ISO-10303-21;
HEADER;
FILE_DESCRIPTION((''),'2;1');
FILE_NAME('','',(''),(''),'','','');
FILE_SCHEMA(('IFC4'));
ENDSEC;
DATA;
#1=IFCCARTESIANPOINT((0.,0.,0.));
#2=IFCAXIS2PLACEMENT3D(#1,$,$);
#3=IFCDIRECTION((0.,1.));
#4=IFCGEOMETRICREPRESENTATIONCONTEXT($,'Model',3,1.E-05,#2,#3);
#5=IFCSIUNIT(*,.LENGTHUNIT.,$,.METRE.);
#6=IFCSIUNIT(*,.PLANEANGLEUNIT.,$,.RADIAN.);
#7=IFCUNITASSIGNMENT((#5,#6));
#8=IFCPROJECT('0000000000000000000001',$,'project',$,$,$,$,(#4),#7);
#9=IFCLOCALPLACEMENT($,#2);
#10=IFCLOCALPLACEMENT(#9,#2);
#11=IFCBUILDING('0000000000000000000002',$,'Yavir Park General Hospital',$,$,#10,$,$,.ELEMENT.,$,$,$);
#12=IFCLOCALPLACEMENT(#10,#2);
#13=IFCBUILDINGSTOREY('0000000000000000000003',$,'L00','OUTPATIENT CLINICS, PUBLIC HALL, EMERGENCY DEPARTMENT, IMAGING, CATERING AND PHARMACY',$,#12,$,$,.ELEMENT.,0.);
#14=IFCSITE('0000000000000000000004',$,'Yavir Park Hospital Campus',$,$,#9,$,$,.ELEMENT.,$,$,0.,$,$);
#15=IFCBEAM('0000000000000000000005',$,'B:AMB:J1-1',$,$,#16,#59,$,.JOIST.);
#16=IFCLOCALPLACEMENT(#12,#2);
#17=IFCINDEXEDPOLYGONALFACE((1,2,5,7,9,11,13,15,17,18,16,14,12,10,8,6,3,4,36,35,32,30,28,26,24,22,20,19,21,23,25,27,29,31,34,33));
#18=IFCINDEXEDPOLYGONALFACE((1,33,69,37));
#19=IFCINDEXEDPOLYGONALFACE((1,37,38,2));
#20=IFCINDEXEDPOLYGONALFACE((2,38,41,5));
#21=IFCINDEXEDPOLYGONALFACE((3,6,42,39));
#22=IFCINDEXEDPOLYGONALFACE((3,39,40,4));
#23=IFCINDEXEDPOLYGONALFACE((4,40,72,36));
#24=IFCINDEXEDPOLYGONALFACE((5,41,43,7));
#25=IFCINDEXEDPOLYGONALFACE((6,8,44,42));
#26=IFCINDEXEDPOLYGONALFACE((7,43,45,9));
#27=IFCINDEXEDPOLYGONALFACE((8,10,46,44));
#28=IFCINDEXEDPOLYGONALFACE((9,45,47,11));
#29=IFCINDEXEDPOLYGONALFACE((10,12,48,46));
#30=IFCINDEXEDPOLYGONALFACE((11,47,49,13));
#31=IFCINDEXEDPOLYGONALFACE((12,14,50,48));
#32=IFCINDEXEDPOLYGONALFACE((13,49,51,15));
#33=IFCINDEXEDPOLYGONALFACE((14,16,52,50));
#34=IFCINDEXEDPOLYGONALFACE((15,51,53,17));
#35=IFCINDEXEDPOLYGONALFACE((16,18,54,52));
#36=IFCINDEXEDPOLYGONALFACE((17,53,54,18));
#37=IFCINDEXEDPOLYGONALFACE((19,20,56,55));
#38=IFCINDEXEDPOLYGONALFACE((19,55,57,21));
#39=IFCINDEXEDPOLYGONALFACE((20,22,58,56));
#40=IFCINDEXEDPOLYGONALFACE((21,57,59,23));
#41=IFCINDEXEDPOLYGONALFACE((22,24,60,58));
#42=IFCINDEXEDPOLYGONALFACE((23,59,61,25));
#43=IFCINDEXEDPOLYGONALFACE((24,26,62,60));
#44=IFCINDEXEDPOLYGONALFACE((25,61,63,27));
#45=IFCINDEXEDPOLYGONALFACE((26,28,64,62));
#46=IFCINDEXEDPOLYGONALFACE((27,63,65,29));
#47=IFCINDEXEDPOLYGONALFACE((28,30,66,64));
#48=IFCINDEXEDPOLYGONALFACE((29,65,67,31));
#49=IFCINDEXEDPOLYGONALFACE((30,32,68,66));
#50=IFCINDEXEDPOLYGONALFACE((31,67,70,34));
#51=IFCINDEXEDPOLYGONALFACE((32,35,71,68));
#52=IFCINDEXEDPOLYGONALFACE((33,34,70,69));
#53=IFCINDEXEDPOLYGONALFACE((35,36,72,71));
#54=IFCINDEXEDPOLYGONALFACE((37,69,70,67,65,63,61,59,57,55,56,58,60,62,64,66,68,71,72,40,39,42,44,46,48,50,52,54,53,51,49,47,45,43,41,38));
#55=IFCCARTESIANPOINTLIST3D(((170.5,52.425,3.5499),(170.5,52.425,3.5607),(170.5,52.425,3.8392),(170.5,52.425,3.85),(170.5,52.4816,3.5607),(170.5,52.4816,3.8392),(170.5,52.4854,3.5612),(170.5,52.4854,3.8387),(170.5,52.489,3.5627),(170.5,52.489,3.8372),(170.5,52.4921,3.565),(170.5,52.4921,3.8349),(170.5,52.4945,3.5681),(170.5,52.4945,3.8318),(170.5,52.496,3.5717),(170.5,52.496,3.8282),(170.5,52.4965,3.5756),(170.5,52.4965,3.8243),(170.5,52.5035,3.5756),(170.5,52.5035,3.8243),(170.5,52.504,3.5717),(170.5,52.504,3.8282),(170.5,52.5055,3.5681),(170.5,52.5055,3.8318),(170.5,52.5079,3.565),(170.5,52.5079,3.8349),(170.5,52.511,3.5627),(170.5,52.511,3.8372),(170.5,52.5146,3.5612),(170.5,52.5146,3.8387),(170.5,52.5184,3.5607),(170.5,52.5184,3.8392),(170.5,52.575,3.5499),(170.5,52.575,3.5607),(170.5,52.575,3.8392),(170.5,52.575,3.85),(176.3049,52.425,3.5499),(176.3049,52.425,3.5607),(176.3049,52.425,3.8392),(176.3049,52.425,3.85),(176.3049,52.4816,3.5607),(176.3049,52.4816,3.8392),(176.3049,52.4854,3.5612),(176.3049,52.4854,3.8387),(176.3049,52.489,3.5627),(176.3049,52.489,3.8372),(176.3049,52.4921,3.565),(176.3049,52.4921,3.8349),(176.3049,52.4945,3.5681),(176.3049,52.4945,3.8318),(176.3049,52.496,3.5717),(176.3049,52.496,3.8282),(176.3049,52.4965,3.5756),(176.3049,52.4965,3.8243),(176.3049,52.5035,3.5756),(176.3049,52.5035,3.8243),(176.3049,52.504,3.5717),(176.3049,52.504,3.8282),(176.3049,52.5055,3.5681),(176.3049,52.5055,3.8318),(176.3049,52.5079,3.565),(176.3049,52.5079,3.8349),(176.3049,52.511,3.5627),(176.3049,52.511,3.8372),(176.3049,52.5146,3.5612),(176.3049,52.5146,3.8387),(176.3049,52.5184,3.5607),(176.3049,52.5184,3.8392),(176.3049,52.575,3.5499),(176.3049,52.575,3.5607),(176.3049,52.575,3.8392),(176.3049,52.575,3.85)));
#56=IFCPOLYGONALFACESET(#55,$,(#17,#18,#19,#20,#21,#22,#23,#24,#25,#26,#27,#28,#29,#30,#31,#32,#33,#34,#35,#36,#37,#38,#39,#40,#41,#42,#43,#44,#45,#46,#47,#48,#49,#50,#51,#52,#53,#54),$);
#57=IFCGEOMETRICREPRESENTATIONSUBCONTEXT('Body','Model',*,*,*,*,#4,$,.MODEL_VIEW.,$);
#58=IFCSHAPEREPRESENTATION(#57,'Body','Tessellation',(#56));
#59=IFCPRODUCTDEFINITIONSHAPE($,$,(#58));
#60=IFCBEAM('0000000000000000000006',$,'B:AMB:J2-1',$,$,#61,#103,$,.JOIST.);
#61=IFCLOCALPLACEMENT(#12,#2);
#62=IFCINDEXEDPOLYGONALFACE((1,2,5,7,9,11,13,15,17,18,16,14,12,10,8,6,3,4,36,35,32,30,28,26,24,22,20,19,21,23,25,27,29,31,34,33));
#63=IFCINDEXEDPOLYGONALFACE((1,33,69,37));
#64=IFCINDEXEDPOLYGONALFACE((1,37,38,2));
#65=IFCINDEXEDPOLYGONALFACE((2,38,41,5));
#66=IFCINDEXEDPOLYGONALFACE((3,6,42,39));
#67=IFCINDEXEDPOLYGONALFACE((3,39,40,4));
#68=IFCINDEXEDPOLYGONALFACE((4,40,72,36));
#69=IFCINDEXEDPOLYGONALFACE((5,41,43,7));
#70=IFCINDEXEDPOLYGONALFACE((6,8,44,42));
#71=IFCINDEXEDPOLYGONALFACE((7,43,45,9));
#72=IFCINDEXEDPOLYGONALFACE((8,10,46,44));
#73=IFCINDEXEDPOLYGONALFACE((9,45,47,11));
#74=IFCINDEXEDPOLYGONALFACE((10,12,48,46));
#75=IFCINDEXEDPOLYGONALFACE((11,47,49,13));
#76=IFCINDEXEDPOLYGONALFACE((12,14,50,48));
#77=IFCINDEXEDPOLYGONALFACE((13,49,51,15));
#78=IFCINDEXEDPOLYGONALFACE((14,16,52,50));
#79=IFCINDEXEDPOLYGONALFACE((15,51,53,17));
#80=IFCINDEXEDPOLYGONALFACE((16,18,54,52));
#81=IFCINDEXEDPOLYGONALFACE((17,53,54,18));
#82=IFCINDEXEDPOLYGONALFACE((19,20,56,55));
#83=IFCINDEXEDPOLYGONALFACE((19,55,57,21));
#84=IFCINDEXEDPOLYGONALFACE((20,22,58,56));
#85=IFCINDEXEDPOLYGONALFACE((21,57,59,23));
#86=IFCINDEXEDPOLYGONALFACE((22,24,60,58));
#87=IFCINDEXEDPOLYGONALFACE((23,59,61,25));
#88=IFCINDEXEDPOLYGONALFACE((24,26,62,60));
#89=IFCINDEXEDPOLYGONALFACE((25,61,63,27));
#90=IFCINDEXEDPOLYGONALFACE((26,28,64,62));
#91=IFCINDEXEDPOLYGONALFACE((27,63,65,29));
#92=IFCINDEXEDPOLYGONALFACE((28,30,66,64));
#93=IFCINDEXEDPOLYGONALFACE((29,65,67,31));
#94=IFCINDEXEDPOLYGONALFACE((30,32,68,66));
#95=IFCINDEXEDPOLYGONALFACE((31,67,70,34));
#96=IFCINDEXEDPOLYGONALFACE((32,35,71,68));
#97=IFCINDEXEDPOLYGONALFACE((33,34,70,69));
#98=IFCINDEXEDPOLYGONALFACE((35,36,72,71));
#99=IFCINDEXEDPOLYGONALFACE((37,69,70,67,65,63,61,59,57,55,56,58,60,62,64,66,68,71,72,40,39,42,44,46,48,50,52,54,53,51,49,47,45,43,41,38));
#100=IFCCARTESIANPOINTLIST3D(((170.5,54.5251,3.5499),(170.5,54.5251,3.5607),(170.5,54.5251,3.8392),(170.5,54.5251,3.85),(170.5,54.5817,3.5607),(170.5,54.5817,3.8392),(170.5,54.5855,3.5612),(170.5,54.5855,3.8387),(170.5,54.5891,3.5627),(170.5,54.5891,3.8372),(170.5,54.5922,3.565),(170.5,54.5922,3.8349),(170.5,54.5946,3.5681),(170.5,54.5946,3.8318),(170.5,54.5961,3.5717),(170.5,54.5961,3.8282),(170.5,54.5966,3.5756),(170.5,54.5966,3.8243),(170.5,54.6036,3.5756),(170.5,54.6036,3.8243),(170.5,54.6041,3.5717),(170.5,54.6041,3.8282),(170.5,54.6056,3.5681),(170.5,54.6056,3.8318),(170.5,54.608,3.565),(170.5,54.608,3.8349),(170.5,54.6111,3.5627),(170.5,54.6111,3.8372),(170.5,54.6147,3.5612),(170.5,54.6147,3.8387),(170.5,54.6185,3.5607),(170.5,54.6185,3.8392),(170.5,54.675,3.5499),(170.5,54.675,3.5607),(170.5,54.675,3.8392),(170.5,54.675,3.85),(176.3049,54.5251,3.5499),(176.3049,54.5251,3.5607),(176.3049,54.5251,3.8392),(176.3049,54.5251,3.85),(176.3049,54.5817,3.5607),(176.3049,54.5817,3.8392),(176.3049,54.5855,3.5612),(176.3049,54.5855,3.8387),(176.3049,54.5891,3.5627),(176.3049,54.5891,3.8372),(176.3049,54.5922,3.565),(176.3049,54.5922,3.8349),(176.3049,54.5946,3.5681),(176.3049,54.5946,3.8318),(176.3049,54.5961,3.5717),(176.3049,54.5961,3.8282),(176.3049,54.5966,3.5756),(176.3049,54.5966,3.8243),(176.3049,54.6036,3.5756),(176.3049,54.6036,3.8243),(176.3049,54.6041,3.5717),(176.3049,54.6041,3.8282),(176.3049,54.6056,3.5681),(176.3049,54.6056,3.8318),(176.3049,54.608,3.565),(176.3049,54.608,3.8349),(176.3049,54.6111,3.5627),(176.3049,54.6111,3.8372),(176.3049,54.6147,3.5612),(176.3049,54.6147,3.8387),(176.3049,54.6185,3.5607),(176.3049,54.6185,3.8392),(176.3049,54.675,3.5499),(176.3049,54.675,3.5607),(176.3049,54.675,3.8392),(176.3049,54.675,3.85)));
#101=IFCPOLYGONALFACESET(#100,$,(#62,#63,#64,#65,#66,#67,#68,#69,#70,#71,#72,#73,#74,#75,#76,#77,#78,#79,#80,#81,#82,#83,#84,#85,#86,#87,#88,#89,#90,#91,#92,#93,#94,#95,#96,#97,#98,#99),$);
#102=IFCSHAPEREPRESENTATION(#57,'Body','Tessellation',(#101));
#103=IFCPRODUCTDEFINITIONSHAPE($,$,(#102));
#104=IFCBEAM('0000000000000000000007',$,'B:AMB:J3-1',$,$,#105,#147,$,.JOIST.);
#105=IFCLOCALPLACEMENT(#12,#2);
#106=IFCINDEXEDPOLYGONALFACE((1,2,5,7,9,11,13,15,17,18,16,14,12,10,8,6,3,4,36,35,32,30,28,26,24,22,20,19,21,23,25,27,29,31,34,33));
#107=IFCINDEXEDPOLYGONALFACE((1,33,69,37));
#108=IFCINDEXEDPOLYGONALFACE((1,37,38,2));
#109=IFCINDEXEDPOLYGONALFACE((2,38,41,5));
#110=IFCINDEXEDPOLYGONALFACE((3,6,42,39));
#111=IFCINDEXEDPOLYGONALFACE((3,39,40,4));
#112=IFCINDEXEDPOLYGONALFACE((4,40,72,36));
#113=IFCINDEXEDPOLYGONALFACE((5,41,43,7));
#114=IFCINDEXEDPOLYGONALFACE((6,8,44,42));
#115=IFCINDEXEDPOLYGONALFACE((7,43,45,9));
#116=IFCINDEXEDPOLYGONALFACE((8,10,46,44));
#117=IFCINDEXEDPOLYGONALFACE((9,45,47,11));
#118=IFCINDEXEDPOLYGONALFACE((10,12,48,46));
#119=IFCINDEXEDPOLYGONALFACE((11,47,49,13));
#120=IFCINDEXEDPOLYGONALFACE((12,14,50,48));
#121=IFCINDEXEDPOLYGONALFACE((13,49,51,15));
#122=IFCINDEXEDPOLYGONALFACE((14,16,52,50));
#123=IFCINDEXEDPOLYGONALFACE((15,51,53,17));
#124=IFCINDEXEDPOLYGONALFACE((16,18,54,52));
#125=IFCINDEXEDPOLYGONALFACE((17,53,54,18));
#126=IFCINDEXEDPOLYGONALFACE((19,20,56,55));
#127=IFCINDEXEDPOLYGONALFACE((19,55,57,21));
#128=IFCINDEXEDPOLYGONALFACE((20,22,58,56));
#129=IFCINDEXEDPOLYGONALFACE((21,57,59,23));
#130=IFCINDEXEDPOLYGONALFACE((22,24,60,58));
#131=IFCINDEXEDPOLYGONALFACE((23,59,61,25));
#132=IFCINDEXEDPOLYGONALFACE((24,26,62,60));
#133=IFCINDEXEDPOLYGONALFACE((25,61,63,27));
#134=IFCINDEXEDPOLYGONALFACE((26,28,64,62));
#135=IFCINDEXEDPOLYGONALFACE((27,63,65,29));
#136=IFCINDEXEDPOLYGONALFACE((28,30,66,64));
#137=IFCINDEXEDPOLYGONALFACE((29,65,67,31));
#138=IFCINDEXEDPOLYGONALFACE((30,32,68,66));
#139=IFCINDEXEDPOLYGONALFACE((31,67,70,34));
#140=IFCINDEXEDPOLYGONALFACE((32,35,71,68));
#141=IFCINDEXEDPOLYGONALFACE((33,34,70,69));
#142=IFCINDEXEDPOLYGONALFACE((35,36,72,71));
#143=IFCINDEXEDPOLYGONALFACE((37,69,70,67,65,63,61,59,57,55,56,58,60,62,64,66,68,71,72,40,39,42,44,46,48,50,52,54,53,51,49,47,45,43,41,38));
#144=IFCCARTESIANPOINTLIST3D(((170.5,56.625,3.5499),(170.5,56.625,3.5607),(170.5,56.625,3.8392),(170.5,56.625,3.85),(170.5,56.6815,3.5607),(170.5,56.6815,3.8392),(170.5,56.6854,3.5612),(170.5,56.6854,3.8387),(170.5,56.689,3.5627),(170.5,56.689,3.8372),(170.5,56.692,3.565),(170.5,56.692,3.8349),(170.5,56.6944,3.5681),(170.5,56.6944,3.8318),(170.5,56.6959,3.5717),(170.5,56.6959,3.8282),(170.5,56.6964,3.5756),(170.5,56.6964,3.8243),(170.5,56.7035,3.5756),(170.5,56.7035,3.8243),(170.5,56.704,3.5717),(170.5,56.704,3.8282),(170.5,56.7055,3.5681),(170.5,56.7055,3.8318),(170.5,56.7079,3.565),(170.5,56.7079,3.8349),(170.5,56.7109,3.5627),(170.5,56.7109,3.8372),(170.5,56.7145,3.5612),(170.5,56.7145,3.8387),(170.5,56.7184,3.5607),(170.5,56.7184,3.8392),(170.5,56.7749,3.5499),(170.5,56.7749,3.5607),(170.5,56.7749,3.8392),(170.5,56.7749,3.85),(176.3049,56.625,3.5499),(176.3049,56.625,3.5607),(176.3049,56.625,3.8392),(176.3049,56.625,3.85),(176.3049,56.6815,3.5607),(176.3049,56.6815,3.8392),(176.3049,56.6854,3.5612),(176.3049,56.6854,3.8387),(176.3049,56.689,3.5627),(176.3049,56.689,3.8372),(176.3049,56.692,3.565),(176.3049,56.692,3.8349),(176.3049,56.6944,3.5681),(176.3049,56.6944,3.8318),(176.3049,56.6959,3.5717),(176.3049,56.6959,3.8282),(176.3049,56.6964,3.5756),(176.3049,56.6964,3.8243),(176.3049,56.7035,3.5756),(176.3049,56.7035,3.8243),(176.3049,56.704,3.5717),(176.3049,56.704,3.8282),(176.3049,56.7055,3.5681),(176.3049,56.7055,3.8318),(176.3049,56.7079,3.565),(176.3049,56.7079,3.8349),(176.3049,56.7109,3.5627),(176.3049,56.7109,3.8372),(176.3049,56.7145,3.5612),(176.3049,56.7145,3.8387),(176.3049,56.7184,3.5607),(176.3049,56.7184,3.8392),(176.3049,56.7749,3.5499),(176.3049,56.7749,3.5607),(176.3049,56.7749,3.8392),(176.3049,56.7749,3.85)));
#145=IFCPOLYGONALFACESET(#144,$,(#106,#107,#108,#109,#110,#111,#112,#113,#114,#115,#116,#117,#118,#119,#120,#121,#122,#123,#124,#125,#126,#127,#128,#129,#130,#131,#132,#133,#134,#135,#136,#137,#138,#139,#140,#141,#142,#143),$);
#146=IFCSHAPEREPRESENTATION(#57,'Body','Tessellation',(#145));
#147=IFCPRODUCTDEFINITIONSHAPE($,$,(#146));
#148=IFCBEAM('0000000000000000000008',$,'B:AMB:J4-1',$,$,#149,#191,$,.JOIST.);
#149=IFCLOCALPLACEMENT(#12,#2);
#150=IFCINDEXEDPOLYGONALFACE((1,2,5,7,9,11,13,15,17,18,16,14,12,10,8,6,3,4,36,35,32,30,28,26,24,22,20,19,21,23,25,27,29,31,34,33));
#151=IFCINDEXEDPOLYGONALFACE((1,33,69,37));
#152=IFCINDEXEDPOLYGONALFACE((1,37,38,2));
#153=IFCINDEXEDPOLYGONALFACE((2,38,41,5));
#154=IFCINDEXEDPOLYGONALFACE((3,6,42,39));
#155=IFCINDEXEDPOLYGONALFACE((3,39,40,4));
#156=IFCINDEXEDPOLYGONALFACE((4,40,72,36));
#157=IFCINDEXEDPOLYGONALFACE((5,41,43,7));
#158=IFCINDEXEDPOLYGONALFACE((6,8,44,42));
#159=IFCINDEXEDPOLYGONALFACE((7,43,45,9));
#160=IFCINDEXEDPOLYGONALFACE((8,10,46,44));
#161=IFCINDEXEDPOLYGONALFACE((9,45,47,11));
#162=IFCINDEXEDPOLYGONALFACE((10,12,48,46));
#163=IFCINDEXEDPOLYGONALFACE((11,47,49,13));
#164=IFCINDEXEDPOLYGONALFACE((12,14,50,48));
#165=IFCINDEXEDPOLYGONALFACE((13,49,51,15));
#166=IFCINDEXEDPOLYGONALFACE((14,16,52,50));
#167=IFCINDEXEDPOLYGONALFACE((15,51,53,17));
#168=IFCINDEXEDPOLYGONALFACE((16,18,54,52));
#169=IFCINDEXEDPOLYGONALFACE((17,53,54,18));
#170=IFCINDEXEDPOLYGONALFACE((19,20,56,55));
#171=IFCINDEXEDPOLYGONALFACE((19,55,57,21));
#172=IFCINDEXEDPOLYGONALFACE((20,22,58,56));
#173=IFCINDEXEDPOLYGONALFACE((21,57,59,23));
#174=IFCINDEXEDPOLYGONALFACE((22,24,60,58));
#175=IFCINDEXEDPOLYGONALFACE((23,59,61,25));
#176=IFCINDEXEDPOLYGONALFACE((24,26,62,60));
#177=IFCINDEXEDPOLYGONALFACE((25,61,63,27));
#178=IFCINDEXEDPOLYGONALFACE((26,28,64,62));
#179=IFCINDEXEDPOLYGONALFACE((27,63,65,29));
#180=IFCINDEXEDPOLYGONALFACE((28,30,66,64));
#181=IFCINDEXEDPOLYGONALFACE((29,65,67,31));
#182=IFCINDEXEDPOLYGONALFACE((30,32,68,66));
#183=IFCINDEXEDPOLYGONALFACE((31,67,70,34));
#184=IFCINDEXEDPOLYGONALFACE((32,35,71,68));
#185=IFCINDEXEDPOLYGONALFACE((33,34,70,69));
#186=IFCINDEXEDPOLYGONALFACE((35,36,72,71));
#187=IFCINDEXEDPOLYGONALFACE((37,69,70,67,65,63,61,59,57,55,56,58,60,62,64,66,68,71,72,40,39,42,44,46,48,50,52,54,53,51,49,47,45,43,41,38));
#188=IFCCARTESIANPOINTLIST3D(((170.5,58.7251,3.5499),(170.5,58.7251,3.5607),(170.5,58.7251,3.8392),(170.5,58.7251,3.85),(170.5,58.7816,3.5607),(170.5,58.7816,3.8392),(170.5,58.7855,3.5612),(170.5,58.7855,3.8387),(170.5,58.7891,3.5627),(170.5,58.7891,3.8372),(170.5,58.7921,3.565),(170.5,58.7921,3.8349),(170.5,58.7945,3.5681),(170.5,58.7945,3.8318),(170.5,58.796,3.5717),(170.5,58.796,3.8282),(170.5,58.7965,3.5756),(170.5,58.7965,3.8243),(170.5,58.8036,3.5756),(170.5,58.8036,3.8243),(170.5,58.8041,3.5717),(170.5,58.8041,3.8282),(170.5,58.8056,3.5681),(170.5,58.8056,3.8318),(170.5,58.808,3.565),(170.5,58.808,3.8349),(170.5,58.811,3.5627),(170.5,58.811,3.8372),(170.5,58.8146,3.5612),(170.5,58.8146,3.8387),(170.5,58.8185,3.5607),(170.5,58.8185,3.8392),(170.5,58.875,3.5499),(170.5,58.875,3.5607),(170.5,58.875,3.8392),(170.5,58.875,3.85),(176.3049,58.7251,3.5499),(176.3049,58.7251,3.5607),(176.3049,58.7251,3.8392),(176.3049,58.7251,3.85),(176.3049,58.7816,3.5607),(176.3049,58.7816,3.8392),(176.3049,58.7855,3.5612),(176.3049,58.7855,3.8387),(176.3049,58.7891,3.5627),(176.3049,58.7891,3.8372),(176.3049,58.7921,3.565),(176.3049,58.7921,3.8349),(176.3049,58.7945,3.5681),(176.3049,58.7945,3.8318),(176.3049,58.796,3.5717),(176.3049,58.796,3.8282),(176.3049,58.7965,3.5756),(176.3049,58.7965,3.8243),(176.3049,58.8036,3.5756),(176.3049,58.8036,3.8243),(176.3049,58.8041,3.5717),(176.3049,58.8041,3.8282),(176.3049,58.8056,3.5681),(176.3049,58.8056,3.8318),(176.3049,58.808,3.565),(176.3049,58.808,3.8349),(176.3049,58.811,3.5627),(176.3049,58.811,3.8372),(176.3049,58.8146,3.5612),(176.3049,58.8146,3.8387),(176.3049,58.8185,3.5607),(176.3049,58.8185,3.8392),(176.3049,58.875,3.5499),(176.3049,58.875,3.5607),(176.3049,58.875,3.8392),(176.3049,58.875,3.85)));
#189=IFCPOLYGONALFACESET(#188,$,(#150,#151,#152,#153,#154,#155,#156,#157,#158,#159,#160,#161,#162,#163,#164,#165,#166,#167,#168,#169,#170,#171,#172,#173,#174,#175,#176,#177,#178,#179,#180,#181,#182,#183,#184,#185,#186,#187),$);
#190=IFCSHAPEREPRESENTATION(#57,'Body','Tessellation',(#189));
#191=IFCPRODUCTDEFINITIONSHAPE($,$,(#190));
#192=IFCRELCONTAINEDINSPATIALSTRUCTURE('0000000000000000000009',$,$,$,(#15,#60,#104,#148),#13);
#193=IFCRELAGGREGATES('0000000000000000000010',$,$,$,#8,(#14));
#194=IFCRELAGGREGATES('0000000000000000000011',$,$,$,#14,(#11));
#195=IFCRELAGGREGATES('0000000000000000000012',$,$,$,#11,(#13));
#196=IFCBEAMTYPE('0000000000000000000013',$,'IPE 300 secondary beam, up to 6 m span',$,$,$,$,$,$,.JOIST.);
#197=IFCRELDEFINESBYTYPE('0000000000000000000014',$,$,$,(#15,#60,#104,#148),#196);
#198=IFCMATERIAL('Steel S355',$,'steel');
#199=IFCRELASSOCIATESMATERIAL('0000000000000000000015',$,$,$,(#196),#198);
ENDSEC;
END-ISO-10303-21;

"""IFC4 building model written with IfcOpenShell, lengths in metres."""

from ifc_helpers import new_model, si_unit, direction, frame, origin, origin_2d, place, context, subcontext, project, spatial, i_section, extrude, material, material_profile, profile_set, type_object, element, save


model = new_model("IFC4")

# Units and contexts
model_context = context("Model", 3, precision=1e-05, world=origin(), true_north=direction((0.0, 1.0)))
body_context = subcontext(model_context, "Body", "Model", "MODEL_VIEW")
ifc_project = project(units=[si_unit("LENGTHUNIT", "METRE"), si_unit("PLANEANGLEUNIT", "RADIAN")], contexts=[model_context])

# Site, building, storey
site_placement = place(None, origin())
site = spatial("IfcSite", under=ifc_project, at=site_placement, Name="Yavir Park Hospital Campus", CompositionType="ELEMENT", RefElevation=0.0)
building_placement = place(site_placement, origin())
building = spatial("IfcBuilding", under=site, at=building_placement, Name="Yavir Park General Hospital", CompositionType="ELEMENT")
storey_placement = place(building_placement, origin())
storey = spatial("IfcBuildingStorey", under=building, at=storey_placement, Name="L00", Description="OUTPATIENT CLINICS, PUBLIC HALL, EMERGENCY DEPARTMENT, IMAGING, CATERING AND PHARMACY", CompositionType="ELEMENT", Elevation=0.0)

# Beams
ifc_material_1 = material(Name="Steel S355", Category="steel")
ifc_material_profile_1 = material_profile(ifc_material_1, i_section(OverallWidth=0.1499, OverallDepth=0.3, WebThickness=0.0071, FlangeThickness=0.0107, FilletRadius=0.0149, at=origin_2d()), Name="IPE300")
ifc_profile_set_1 = profile_set([ifc_material_profile_1], Name="Steel S355")
beam_type_1 = type_object("IfcBeamType", Name="IPE 300 secondary beam, up to 6 m span", PredefinedType="JOIST", material=ifc_profile_set_1)
for number, where, z_axis, x_axis, name in (
    (1, (170.5, 52.5, 3.7), (1.0, 0.0, 0.0), (0.0, 1.0, 0.0), "B:AMB:J1-1"),
    (2, (170.5, 54.6001, 3.7), (1.0, 0.0, 0.0), (0.0, 1.0, 0.0), "B:AMB:J2-1"),
    (3, (170.5, 56.7, 3.7), (1.0, 0.0, 0.0), (0.0, 1.0, 0.0), "B:AMB:J3-1"),
    (4, (170.5, 58.8, 3.7), (1.0, 0.0, 0.0), (0.0, 1.0, 0.0), "B:AMB:J4-1"),
):
    element("IfcBeam", number, at=place(storey_placement, frame(where, z_axis=z_axis, x_axis=x_axis)), inside=storey, type_object=beam_type_1, Name=name, PredefinedType="JOIST", context=body_context, shape_type="SweptSolid", body=[
        extrude(i_section(OverallWidth=0.1499, OverallDepth=0.3, WebThickness=0.0071, FlangeThickness=0.0107, FilletRadius=0.0149, at=origin_2d()), origin(), (0.0, 0.0, 1.0), 5.8049),
    ])

save(model, "model.ifc")
